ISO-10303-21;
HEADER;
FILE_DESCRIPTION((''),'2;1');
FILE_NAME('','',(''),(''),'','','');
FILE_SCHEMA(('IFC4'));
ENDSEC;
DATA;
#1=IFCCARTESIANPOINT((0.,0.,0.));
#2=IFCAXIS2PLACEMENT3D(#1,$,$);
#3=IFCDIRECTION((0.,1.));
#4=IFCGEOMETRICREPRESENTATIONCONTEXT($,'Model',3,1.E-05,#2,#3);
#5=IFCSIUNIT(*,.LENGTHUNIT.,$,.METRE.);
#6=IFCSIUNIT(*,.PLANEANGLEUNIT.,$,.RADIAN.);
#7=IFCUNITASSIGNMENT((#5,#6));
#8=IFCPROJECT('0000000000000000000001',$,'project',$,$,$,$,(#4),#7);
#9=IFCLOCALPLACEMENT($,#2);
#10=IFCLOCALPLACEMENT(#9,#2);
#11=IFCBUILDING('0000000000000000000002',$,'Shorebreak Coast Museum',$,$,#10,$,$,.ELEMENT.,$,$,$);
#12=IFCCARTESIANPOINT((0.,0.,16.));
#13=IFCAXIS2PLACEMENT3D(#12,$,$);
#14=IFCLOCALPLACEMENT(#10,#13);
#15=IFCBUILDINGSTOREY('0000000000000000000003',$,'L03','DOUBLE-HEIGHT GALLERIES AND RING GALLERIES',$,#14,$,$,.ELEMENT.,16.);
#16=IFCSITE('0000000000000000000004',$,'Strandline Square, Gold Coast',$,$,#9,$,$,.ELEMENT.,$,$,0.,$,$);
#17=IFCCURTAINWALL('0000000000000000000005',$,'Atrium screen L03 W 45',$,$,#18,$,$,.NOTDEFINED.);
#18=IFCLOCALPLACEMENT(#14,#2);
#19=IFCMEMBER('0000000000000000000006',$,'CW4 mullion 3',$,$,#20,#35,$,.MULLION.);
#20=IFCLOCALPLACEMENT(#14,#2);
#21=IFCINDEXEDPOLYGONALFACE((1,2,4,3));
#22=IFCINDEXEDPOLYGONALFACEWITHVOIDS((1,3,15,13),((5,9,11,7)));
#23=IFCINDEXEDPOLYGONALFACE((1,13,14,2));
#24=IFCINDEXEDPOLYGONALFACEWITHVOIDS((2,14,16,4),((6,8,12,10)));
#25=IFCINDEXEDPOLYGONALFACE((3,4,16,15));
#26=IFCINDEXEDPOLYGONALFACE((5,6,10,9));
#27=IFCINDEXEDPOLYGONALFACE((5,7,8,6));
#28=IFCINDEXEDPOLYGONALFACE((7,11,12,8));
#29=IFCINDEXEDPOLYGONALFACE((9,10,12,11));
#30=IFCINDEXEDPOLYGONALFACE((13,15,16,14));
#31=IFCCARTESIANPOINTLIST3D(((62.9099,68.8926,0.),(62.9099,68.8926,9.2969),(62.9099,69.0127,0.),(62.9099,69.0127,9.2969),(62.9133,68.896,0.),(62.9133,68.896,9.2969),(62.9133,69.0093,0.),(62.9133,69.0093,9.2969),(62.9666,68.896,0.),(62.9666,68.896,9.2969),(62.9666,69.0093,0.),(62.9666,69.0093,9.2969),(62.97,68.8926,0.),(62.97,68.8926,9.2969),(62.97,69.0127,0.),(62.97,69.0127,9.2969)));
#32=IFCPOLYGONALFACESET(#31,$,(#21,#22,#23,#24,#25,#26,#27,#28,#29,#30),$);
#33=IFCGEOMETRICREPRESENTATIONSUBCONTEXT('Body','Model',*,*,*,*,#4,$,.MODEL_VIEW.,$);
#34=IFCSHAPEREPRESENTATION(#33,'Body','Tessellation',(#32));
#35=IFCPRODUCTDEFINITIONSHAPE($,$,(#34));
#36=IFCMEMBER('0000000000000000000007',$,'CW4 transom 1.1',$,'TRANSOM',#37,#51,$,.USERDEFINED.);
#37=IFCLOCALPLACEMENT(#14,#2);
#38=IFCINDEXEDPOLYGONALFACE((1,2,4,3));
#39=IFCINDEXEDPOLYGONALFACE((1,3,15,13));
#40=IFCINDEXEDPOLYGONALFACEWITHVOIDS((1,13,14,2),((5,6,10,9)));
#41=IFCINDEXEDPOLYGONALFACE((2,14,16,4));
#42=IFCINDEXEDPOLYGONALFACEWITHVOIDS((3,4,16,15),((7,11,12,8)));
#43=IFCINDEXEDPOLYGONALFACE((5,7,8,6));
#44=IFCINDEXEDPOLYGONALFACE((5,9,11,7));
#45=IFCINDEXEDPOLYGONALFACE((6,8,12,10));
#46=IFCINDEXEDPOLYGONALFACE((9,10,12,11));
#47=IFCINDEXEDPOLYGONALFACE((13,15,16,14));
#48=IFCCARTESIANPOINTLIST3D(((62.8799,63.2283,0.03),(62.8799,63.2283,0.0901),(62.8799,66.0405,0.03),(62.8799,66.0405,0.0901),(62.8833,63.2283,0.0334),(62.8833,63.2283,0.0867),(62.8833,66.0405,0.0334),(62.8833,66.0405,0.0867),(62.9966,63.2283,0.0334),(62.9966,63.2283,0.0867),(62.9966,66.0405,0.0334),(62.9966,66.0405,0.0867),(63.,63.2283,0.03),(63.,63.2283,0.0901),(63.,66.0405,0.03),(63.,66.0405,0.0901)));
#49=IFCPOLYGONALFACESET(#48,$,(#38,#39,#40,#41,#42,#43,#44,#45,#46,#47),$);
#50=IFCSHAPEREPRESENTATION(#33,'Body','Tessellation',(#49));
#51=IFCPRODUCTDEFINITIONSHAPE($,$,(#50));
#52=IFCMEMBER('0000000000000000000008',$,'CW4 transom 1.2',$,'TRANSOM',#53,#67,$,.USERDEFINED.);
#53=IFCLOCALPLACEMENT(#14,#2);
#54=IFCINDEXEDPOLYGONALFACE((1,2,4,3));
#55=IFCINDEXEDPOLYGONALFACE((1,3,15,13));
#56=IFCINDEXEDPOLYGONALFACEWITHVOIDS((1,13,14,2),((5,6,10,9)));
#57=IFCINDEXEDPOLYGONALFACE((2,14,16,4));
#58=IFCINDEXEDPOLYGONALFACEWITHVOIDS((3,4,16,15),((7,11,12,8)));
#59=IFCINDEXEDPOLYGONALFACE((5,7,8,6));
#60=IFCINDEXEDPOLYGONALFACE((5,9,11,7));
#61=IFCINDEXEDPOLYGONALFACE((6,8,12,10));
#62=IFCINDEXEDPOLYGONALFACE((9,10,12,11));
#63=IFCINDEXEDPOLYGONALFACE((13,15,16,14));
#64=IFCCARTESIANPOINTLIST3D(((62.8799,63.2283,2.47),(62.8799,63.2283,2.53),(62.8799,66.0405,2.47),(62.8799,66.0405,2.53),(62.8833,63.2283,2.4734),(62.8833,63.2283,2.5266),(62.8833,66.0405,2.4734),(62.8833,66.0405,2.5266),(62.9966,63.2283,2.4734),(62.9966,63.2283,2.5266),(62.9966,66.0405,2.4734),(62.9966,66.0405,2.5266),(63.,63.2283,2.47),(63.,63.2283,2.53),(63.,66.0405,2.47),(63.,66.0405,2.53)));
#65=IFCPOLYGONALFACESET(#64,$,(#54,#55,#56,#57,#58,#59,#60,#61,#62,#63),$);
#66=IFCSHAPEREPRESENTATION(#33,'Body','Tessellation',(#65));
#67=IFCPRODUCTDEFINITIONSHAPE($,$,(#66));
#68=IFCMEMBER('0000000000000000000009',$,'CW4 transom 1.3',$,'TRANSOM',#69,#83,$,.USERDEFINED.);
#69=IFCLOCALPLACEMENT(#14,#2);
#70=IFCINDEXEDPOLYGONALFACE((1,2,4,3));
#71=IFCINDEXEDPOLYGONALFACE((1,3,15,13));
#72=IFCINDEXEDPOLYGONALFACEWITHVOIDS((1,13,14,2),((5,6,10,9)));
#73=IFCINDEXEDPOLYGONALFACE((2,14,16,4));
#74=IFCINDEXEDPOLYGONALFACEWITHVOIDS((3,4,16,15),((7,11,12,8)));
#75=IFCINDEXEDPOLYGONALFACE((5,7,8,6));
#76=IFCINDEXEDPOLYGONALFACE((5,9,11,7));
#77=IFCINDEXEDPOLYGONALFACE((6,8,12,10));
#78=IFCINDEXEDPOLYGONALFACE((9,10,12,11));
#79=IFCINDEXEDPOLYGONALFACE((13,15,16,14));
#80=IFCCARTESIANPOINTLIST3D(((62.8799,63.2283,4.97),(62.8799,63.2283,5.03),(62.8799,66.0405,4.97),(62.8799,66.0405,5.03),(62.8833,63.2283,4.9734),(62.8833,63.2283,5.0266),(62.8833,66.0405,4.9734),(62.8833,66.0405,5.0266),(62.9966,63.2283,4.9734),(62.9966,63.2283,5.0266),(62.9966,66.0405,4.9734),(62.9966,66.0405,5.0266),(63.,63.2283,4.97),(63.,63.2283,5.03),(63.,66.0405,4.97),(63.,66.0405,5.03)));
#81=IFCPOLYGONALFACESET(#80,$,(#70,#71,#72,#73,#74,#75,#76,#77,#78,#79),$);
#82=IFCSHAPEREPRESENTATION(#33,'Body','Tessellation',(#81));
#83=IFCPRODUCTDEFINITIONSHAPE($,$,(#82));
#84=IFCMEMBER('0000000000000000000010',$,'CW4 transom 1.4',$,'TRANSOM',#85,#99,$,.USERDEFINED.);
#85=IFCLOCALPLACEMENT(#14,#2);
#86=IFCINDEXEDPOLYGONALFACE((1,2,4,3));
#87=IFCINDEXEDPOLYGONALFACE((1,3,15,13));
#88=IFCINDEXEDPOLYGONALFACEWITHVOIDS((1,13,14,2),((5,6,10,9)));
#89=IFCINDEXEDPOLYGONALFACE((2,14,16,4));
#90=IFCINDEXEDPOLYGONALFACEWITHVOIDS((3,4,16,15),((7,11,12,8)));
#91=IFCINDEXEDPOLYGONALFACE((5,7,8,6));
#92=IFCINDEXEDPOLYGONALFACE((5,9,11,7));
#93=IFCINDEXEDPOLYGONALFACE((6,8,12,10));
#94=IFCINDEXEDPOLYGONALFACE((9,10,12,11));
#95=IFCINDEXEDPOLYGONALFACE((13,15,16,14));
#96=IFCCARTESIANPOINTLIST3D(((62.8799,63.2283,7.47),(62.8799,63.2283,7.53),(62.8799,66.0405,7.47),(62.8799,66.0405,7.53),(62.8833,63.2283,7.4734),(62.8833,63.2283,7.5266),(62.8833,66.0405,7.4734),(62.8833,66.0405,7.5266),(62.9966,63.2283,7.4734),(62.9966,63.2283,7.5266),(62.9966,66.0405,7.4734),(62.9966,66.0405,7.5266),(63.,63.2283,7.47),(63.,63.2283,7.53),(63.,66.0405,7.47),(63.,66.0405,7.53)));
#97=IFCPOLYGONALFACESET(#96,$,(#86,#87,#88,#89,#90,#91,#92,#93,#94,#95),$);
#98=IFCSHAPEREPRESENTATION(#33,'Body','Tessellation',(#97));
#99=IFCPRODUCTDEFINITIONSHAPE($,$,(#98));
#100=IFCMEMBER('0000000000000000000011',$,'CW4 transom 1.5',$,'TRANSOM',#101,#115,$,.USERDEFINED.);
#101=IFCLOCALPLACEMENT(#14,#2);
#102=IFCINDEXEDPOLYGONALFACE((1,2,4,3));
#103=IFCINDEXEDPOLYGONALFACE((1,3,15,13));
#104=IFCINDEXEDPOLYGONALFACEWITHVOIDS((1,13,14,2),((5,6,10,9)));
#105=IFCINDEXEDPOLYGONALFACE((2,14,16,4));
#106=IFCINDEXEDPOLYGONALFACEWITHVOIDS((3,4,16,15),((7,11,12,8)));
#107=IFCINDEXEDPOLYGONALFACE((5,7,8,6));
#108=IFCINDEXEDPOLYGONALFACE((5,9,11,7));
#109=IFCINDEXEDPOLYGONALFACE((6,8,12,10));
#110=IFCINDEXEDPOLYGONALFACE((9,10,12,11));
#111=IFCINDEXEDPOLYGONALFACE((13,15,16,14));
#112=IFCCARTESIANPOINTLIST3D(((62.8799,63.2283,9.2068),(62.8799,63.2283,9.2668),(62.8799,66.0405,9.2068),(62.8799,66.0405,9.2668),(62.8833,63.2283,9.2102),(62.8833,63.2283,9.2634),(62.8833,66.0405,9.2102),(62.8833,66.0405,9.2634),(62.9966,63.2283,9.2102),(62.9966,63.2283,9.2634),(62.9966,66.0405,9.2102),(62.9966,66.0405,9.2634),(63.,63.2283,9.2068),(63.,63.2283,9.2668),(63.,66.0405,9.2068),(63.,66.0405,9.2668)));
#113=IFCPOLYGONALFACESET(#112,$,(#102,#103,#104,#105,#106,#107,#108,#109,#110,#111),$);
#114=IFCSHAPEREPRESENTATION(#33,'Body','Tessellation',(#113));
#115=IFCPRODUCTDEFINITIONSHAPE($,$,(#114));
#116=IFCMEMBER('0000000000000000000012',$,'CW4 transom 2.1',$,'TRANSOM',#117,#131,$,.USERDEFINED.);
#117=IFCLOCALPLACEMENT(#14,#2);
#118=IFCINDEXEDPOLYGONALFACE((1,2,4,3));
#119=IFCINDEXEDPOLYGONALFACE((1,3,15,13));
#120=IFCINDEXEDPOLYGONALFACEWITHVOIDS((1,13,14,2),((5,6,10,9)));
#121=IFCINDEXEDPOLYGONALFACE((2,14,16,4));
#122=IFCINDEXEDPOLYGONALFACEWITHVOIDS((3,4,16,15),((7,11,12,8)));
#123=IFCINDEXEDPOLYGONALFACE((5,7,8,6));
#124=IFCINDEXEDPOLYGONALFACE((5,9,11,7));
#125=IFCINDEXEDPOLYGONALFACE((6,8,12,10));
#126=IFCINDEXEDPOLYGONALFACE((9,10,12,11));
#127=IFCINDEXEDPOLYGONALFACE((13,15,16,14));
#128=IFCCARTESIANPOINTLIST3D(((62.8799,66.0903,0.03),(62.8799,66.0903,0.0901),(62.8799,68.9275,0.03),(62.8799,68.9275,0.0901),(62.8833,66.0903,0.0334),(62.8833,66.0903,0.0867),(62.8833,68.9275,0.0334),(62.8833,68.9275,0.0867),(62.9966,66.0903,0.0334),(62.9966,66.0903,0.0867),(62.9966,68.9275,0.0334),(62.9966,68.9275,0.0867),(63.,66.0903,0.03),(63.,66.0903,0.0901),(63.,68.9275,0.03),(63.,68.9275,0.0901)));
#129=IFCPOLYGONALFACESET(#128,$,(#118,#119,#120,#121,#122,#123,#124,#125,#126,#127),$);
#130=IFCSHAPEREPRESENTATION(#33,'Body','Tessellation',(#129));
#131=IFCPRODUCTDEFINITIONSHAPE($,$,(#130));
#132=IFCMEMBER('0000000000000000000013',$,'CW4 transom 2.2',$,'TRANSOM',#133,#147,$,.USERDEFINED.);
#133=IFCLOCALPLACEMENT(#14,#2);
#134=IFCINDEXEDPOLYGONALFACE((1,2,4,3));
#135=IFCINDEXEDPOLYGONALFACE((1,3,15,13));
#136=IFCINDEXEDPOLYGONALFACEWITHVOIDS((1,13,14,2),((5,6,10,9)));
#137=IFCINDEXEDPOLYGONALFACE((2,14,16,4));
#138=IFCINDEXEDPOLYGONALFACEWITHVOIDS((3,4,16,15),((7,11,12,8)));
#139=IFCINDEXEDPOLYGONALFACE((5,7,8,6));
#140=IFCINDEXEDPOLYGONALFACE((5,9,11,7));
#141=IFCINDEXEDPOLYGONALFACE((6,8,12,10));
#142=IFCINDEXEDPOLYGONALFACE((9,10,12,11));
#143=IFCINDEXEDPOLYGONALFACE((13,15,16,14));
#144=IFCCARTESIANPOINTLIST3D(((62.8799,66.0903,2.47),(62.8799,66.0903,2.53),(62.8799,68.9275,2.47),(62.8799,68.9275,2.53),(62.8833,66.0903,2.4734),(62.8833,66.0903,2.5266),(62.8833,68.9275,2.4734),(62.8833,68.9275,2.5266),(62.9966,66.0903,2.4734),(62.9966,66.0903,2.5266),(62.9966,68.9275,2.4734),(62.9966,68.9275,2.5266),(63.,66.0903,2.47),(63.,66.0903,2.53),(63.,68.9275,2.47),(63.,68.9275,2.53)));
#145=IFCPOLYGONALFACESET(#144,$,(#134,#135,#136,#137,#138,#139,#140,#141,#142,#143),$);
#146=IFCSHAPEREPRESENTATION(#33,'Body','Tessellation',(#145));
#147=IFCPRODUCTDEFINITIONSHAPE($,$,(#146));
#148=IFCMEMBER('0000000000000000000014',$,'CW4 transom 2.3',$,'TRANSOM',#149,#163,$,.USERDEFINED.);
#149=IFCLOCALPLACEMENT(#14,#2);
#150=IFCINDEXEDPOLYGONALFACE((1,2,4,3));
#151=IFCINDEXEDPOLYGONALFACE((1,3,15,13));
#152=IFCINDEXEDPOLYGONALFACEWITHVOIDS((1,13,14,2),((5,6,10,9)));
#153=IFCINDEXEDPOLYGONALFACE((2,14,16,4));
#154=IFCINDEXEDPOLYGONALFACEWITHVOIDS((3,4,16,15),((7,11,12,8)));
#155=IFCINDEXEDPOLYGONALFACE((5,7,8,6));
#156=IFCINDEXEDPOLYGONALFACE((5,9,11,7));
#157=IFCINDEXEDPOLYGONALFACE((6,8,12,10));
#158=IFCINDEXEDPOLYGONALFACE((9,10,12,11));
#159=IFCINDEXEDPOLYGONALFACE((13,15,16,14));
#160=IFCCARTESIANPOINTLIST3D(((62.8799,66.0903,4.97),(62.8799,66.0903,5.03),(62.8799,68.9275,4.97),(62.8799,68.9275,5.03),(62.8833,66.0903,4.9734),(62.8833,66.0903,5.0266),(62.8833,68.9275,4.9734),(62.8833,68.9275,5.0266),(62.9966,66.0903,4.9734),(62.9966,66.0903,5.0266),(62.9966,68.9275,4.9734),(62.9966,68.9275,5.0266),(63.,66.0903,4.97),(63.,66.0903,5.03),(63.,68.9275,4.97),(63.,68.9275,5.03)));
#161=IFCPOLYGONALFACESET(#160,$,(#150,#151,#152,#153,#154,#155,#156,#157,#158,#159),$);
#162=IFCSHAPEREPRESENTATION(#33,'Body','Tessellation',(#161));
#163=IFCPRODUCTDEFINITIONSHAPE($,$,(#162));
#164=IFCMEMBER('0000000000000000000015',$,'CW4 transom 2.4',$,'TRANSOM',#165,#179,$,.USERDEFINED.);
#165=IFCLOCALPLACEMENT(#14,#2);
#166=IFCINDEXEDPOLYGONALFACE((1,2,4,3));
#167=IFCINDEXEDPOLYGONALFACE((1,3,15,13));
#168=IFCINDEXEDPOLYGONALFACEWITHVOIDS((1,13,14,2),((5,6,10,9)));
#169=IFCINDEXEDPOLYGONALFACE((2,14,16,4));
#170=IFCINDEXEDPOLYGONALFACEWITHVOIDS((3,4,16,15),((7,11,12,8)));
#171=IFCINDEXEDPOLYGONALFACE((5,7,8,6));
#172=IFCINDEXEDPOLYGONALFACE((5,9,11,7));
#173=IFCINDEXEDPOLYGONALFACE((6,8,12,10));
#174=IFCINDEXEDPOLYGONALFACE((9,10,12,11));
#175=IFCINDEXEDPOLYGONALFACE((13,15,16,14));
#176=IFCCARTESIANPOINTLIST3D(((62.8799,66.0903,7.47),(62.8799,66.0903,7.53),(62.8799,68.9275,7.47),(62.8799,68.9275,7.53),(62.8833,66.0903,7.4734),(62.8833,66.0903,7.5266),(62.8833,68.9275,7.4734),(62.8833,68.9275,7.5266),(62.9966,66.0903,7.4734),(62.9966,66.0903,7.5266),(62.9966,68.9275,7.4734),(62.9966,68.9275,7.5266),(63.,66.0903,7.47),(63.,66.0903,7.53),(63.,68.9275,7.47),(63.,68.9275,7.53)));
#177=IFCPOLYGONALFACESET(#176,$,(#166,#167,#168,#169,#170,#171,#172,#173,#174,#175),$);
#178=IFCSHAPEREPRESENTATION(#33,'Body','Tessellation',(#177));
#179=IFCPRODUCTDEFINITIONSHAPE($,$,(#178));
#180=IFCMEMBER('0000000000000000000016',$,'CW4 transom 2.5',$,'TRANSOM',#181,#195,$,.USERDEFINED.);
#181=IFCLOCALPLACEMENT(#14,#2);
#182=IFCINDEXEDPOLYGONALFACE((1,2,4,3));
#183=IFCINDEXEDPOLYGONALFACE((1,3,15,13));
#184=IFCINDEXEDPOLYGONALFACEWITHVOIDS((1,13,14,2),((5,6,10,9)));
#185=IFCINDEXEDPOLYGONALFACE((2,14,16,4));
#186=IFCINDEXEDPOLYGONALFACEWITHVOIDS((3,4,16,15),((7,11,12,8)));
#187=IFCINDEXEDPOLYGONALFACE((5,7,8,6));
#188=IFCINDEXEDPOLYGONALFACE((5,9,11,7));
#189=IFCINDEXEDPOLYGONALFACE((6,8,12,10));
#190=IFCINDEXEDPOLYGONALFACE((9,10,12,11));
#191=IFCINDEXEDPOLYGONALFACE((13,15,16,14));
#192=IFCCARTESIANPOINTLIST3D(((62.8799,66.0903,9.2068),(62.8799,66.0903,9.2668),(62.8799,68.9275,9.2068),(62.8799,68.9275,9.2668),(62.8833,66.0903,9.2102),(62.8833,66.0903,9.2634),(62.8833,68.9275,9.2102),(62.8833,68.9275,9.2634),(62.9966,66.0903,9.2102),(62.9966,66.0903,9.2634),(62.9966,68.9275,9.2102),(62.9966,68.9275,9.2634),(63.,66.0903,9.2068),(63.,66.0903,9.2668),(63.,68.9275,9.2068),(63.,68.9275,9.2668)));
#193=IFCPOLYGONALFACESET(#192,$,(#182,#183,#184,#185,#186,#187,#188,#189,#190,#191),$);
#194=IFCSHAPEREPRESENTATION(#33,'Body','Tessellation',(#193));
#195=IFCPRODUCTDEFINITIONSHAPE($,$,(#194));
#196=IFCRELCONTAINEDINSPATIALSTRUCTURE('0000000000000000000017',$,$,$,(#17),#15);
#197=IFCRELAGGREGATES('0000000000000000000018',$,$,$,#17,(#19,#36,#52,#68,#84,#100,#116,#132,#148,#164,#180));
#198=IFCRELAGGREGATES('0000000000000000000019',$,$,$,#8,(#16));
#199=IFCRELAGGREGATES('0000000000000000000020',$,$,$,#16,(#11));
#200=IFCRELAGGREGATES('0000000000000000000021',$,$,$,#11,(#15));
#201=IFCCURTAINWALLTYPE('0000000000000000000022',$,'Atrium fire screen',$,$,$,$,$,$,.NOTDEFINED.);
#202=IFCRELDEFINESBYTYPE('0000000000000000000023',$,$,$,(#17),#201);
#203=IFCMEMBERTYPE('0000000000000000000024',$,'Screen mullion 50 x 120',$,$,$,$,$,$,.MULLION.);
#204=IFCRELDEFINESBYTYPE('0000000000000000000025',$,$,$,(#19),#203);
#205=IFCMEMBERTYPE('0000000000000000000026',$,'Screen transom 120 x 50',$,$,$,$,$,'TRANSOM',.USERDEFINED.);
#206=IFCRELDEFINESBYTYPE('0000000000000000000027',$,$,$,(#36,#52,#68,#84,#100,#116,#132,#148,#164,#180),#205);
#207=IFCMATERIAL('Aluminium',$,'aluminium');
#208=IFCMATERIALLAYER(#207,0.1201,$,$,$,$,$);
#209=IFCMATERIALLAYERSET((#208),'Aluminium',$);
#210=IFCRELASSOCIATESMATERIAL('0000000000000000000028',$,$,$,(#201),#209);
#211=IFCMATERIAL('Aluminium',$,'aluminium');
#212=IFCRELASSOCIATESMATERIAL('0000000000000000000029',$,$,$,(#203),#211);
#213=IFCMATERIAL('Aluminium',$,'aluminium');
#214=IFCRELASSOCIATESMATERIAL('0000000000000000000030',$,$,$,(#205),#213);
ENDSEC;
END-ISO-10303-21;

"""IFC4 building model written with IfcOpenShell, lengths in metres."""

from ifc_helpers import new_model, si_unit, direction, frame, origin, origin_2d, place, context, subcontext, project, spatial, hollow_rectangle, extrude, material, layer, layer_set, material_profile, profile_set, type_object, element, aggregate, save


model = new_model("IFC4")

# Units and contexts
model_context = context("Model", 3, precision=1e-05, world=origin(), true_north=direction((0.0, 1.0)))
body_context = subcontext(model_context, "Body", "Model", "MODEL_VIEW")
ifc_project = project(units=[si_unit("LENGTHUNIT", "METRE"), si_unit("PLANEANGLEUNIT", "RADIAN")], contexts=[model_context])

# Site, building, storey
site_placement = place(None, origin())
site = spatial("IfcSite", under=ifc_project, at=site_placement, Name="Strandline Square, Gold Coast", CompositionType="ELEMENT", RefElevation=0.0)
building_placement = place(site_placement, origin())
building = spatial("IfcBuilding", under=site, at=building_placement, Name="Shorebreak Coast Museum", CompositionType="ELEMENT")
storey_placement = place(building_placement, frame((0.0, 0.0, 16.0)))
storey = spatial("IfcBuildingStorey", under=building, at=storey_placement, Name="L03", Description="DOUBLE-HEIGHT GALLERIES AND RING GALLERIES", CompositionType="ELEMENT", Elevation=16.0)

# Curtain wall, members
ifc_material_1 = material(Name="Aluminium", Category="aluminium")
ifc_layer_1 = layer(ifc_material_1, 0.1201)
ifc_layer_set_1 = layer_set([ifc_layer_1], Name="Aluminium")
curtain_wall_type = type_object("IfcCurtainWallType", Name="Atrium fire screen", PredefinedType="NOTDEFINED", material=ifc_layer_set_1)
curtain_wall_placement = place(storey_placement, origin())
curtain_wall = element("IfcCurtainWall", 1, at=curtain_wall_placement, inside=storey, type_object=curtain_wall_type, Name="Atrium screen L03 W 45", PredefinedType="NOTDEFINED")
ifc_material_2 = material(Name="Aluminium", Category="aluminium")
ifc_material_profile_1 = material_profile(ifc_material_2, hollow_rectangle(XDim=0.0601, YDim=0.1201, WallThickness=0.0034, at=origin_2d()), Name="AL 120x60 RHS")
ifc_profile_set_1 = profile_set([ifc_material_profile_1], Name="Aluminium")
member_type_1 = type_object("IfcMemberType", Name="Screen mullion 50 x 120", PredefinedType="MULLION", material=ifc_profile_set_1)
member_1_placement = place(storey_placement, frame((62.9399, 68.9526, 0.0), z_axis=(0.0, 0.0, 1.0), x_axis=(-1.0, 0.0, 0.0)))
member_1 = element("IfcMember", 2, at=member_1_placement, type_object=member_type_1, Name="CW4 mullion 3", PredefinedType="MULLION", context=body_context, shape_type="SweptSolid", body=[
    extrude(hollow_rectangle(XDim=0.0601, YDim=0.1201, WallThickness=0.0034, at=origin_2d()), origin(), (0.0, 0.0, 1.0), 9.2969),
])
ifc_material_3 = material(Name="Aluminium", Category="aluminium")
ifc_material_profile_2 = material_profile(ifc_material_3, hollow_rectangle(XDim=0.1201, YDim=0.0601, WallThickness=0.0034, at=origin_2d()), Name="AL 60x120 RHS")
ifc_profile_set_2 = profile_set([ifc_material_profile_2], Name="Aluminium")
member_type_2 = type_object("IfcMemberType", Name="Screen transom 120 x 50", ElementType="TRANSOM", PredefinedType="USERDEFINED", material=ifc_profile_set_2)
member_2_placement = place(storey_placement, frame((62.9399, 63.2283, 0.0601), z_axis=(0.0, 1.0, 0.0), x_axis=(-1.0, 0.0, 0.0)))
member_2 = element("IfcMember", 3, at=member_2_placement, type_object=member_type_2, Name="CW4 transom 1.1", ObjectType="TRANSOM", PredefinedType="USERDEFINED", context=body_context, shape_type="SweptSolid", body=[
    extrude(hollow_rectangle(XDim=0.1201, YDim=0.0601, WallThickness=0.0034, at=origin_2d()), origin(), (0.0, 0.0, 1.0), 2.8123),
])
member_3_placement = place(storey_placement, frame((62.9399, 63.2283, 2.5), z_axis=(0.0, 1.0, 0.0), x_axis=(-1.0, 0.0, 0.0)))
member_3 = element("IfcMember", 4, at=member_3_placement, type_object=member_type_2, Name="CW4 transom 1.2", ObjectType="TRANSOM", PredefinedType="USERDEFINED", context=body_context, shape_type="SweptSolid", body=[
    extrude(hollow_rectangle(XDim=0.1201, YDim=0.0601, WallThickness=0.0034, at=origin_2d()), origin(), (0.0, 0.0, 1.0), 2.8123),
])
member_4_placement = place(storey_placement, frame((62.9399, 63.2283, 5.0), z_axis=(0.0, 1.0, 0.0), x_axis=(-1.0, 0.0, 0.0)))
member_4 = element("IfcMember", 5, at=member_4_placement, type_object=member_type_2, Name="CW4 transom 1.3", ObjectType="TRANSOM", PredefinedType="USERDEFINED", context=body_context, shape_type="SweptSolid", body=[
    extrude(hollow_rectangle(XDim=0.1201, YDim=0.0601, WallThickness=0.0034, at=origin_2d()), origin(), (0.0, 0.0, 1.0), 2.8123),
])
member_5_placement = place(storey_placement, frame((62.9399, 63.2283, 7.5), z_axis=(0.0, 1.0, 0.0), x_axis=(-1.0, 0.0, 0.0)))
member_5 = element("IfcMember", 6, at=member_5_placement, type_object=member_type_2, Name="CW4 transom 1.4", ObjectType="TRANSOM", PredefinedType="USERDEFINED", context=body_context, shape_type="SweptSolid", body=[
    extrude(hollow_rectangle(XDim=0.1201, YDim=0.0601, WallThickness=0.0034, at=origin_2d()), origin(), (0.0, 0.0, 1.0), 2.8123),
])
member_6_placement = place(storey_placement, frame((62.9399, 63.2283, 9.2368), z_axis=(0.0, 1.0, 0.0), x_axis=(-1.0, 0.0, 0.0)))
member_6 = element("IfcMember", 7, at=member_6_placement, type_object=member_type_2, Name="CW4 transom 1.5", ObjectType="TRANSOM", PredefinedType="USERDEFINED", context=body_context, shape_type="SweptSolid", body=[
    extrude(hollow_rectangle(XDim=0.1201, YDim=0.0601, WallThickness=0.0034, at=origin_2d()), origin(), (0.0, 0.0, 1.0), 2.8123),
])
member_7_placement = place(storey_placement, frame((62.9399, 66.0903, 0.0601), z_axis=(0.0, 1.0, 0.0), x_axis=(-1.0, 0.0, 0.0)))
member_7 = element("IfcMember", 8, at=member_7_placement, type_object=member_type_2, Name="CW4 transom 2.1", ObjectType="TRANSOM", PredefinedType="USERDEFINED", context=body_context, shape_type="SweptSolid", body=[
    extrude(hollow_rectangle(XDim=0.1201, YDim=0.0601, WallThickness=0.0034, at=origin_2d()), origin(), (0.0, 0.0, 1.0), 2.8372),
])
member_8_placement = place(storey_placement, frame((62.9399, 66.0903, 2.5), z_axis=(0.0, 1.0, 0.0), x_axis=(-1.0, 0.0, 0.0)))
member_8 = element("IfcMember", 9, at=member_8_placement, type_object=member_type_2, Name="CW4 transom 2.2", ObjectType="TRANSOM", PredefinedType="USERDEFINED", context=body_context, shape_type="SweptSolid", body=[
    extrude(hollow_rectangle(XDim=0.1201, YDim=0.0601, WallThickness=0.0034, at=origin_2d()), origin(), (0.0, 0.0, 1.0), 2.8372),
])
member_9_placement = place(storey_placement, frame((62.9399, 66.0903, 5.0), z_axis=(0.0, 1.0, 0.0), x_axis=(-1.0, 0.0, 0.0)))
member_9 = element("IfcMember", 10, at=member_9_placement, type_object=member_type_2, Name="CW4 transom 2.3", ObjectType="TRANSOM", PredefinedType="USERDEFINED", context=body_context, shape_type="SweptSolid", body=[
    extrude(hollow_rectangle(XDim=0.1201, YDim=0.0601, WallThickness=0.0034, at=origin_2d()), origin(), (0.0, 0.0, 1.0), 2.8372),
])
member_10_placement = place(storey_placement, frame((62.9399, 66.0903, 7.5), z_axis=(0.0, 1.0, 0.0), x_axis=(-1.0, 0.0, 0.0)))
member_10 = element("IfcMember", 11, at=member_10_placement, type_object=member_type_2, Name="CW4 transom 2.4", ObjectType="TRANSOM", PredefinedType="USERDEFINED", context=body_context, shape_type="SweptSolid", body=[
    extrude(hollow_rectangle(XDim=0.1201, YDim=0.0601, WallThickness=0.0034, at=origin_2d()), origin(), (0.0, 0.0, 1.0), 2.8372),
])
member_11_placement = place(storey_placement, frame((62.9399, 66.0903, 9.2368), z_axis=(0.0, 1.0, 0.0), x_axis=(-1.0, 0.0, 0.0)))
member_11 = element("IfcMember", 12, at=member_11_placement, type_object=member_type_2, Name="CW4 transom 2.5", ObjectType="TRANSOM", PredefinedType="USERDEFINED", context=body_context, shape_type="SweptSolid", body=[
    extrude(hollow_rectangle(XDim=0.1201, YDim=0.0601, WallThickness=0.0034, at=origin_2d()), origin(), (0.0, 0.0, 1.0), 2.8372),
])
aggregate(curtain_wall, [member_1, member_2, member_3, member_4, member_5, member_6, member_7, member_8, member_9, member_10, member_11])

save(model, "model.ifc")
